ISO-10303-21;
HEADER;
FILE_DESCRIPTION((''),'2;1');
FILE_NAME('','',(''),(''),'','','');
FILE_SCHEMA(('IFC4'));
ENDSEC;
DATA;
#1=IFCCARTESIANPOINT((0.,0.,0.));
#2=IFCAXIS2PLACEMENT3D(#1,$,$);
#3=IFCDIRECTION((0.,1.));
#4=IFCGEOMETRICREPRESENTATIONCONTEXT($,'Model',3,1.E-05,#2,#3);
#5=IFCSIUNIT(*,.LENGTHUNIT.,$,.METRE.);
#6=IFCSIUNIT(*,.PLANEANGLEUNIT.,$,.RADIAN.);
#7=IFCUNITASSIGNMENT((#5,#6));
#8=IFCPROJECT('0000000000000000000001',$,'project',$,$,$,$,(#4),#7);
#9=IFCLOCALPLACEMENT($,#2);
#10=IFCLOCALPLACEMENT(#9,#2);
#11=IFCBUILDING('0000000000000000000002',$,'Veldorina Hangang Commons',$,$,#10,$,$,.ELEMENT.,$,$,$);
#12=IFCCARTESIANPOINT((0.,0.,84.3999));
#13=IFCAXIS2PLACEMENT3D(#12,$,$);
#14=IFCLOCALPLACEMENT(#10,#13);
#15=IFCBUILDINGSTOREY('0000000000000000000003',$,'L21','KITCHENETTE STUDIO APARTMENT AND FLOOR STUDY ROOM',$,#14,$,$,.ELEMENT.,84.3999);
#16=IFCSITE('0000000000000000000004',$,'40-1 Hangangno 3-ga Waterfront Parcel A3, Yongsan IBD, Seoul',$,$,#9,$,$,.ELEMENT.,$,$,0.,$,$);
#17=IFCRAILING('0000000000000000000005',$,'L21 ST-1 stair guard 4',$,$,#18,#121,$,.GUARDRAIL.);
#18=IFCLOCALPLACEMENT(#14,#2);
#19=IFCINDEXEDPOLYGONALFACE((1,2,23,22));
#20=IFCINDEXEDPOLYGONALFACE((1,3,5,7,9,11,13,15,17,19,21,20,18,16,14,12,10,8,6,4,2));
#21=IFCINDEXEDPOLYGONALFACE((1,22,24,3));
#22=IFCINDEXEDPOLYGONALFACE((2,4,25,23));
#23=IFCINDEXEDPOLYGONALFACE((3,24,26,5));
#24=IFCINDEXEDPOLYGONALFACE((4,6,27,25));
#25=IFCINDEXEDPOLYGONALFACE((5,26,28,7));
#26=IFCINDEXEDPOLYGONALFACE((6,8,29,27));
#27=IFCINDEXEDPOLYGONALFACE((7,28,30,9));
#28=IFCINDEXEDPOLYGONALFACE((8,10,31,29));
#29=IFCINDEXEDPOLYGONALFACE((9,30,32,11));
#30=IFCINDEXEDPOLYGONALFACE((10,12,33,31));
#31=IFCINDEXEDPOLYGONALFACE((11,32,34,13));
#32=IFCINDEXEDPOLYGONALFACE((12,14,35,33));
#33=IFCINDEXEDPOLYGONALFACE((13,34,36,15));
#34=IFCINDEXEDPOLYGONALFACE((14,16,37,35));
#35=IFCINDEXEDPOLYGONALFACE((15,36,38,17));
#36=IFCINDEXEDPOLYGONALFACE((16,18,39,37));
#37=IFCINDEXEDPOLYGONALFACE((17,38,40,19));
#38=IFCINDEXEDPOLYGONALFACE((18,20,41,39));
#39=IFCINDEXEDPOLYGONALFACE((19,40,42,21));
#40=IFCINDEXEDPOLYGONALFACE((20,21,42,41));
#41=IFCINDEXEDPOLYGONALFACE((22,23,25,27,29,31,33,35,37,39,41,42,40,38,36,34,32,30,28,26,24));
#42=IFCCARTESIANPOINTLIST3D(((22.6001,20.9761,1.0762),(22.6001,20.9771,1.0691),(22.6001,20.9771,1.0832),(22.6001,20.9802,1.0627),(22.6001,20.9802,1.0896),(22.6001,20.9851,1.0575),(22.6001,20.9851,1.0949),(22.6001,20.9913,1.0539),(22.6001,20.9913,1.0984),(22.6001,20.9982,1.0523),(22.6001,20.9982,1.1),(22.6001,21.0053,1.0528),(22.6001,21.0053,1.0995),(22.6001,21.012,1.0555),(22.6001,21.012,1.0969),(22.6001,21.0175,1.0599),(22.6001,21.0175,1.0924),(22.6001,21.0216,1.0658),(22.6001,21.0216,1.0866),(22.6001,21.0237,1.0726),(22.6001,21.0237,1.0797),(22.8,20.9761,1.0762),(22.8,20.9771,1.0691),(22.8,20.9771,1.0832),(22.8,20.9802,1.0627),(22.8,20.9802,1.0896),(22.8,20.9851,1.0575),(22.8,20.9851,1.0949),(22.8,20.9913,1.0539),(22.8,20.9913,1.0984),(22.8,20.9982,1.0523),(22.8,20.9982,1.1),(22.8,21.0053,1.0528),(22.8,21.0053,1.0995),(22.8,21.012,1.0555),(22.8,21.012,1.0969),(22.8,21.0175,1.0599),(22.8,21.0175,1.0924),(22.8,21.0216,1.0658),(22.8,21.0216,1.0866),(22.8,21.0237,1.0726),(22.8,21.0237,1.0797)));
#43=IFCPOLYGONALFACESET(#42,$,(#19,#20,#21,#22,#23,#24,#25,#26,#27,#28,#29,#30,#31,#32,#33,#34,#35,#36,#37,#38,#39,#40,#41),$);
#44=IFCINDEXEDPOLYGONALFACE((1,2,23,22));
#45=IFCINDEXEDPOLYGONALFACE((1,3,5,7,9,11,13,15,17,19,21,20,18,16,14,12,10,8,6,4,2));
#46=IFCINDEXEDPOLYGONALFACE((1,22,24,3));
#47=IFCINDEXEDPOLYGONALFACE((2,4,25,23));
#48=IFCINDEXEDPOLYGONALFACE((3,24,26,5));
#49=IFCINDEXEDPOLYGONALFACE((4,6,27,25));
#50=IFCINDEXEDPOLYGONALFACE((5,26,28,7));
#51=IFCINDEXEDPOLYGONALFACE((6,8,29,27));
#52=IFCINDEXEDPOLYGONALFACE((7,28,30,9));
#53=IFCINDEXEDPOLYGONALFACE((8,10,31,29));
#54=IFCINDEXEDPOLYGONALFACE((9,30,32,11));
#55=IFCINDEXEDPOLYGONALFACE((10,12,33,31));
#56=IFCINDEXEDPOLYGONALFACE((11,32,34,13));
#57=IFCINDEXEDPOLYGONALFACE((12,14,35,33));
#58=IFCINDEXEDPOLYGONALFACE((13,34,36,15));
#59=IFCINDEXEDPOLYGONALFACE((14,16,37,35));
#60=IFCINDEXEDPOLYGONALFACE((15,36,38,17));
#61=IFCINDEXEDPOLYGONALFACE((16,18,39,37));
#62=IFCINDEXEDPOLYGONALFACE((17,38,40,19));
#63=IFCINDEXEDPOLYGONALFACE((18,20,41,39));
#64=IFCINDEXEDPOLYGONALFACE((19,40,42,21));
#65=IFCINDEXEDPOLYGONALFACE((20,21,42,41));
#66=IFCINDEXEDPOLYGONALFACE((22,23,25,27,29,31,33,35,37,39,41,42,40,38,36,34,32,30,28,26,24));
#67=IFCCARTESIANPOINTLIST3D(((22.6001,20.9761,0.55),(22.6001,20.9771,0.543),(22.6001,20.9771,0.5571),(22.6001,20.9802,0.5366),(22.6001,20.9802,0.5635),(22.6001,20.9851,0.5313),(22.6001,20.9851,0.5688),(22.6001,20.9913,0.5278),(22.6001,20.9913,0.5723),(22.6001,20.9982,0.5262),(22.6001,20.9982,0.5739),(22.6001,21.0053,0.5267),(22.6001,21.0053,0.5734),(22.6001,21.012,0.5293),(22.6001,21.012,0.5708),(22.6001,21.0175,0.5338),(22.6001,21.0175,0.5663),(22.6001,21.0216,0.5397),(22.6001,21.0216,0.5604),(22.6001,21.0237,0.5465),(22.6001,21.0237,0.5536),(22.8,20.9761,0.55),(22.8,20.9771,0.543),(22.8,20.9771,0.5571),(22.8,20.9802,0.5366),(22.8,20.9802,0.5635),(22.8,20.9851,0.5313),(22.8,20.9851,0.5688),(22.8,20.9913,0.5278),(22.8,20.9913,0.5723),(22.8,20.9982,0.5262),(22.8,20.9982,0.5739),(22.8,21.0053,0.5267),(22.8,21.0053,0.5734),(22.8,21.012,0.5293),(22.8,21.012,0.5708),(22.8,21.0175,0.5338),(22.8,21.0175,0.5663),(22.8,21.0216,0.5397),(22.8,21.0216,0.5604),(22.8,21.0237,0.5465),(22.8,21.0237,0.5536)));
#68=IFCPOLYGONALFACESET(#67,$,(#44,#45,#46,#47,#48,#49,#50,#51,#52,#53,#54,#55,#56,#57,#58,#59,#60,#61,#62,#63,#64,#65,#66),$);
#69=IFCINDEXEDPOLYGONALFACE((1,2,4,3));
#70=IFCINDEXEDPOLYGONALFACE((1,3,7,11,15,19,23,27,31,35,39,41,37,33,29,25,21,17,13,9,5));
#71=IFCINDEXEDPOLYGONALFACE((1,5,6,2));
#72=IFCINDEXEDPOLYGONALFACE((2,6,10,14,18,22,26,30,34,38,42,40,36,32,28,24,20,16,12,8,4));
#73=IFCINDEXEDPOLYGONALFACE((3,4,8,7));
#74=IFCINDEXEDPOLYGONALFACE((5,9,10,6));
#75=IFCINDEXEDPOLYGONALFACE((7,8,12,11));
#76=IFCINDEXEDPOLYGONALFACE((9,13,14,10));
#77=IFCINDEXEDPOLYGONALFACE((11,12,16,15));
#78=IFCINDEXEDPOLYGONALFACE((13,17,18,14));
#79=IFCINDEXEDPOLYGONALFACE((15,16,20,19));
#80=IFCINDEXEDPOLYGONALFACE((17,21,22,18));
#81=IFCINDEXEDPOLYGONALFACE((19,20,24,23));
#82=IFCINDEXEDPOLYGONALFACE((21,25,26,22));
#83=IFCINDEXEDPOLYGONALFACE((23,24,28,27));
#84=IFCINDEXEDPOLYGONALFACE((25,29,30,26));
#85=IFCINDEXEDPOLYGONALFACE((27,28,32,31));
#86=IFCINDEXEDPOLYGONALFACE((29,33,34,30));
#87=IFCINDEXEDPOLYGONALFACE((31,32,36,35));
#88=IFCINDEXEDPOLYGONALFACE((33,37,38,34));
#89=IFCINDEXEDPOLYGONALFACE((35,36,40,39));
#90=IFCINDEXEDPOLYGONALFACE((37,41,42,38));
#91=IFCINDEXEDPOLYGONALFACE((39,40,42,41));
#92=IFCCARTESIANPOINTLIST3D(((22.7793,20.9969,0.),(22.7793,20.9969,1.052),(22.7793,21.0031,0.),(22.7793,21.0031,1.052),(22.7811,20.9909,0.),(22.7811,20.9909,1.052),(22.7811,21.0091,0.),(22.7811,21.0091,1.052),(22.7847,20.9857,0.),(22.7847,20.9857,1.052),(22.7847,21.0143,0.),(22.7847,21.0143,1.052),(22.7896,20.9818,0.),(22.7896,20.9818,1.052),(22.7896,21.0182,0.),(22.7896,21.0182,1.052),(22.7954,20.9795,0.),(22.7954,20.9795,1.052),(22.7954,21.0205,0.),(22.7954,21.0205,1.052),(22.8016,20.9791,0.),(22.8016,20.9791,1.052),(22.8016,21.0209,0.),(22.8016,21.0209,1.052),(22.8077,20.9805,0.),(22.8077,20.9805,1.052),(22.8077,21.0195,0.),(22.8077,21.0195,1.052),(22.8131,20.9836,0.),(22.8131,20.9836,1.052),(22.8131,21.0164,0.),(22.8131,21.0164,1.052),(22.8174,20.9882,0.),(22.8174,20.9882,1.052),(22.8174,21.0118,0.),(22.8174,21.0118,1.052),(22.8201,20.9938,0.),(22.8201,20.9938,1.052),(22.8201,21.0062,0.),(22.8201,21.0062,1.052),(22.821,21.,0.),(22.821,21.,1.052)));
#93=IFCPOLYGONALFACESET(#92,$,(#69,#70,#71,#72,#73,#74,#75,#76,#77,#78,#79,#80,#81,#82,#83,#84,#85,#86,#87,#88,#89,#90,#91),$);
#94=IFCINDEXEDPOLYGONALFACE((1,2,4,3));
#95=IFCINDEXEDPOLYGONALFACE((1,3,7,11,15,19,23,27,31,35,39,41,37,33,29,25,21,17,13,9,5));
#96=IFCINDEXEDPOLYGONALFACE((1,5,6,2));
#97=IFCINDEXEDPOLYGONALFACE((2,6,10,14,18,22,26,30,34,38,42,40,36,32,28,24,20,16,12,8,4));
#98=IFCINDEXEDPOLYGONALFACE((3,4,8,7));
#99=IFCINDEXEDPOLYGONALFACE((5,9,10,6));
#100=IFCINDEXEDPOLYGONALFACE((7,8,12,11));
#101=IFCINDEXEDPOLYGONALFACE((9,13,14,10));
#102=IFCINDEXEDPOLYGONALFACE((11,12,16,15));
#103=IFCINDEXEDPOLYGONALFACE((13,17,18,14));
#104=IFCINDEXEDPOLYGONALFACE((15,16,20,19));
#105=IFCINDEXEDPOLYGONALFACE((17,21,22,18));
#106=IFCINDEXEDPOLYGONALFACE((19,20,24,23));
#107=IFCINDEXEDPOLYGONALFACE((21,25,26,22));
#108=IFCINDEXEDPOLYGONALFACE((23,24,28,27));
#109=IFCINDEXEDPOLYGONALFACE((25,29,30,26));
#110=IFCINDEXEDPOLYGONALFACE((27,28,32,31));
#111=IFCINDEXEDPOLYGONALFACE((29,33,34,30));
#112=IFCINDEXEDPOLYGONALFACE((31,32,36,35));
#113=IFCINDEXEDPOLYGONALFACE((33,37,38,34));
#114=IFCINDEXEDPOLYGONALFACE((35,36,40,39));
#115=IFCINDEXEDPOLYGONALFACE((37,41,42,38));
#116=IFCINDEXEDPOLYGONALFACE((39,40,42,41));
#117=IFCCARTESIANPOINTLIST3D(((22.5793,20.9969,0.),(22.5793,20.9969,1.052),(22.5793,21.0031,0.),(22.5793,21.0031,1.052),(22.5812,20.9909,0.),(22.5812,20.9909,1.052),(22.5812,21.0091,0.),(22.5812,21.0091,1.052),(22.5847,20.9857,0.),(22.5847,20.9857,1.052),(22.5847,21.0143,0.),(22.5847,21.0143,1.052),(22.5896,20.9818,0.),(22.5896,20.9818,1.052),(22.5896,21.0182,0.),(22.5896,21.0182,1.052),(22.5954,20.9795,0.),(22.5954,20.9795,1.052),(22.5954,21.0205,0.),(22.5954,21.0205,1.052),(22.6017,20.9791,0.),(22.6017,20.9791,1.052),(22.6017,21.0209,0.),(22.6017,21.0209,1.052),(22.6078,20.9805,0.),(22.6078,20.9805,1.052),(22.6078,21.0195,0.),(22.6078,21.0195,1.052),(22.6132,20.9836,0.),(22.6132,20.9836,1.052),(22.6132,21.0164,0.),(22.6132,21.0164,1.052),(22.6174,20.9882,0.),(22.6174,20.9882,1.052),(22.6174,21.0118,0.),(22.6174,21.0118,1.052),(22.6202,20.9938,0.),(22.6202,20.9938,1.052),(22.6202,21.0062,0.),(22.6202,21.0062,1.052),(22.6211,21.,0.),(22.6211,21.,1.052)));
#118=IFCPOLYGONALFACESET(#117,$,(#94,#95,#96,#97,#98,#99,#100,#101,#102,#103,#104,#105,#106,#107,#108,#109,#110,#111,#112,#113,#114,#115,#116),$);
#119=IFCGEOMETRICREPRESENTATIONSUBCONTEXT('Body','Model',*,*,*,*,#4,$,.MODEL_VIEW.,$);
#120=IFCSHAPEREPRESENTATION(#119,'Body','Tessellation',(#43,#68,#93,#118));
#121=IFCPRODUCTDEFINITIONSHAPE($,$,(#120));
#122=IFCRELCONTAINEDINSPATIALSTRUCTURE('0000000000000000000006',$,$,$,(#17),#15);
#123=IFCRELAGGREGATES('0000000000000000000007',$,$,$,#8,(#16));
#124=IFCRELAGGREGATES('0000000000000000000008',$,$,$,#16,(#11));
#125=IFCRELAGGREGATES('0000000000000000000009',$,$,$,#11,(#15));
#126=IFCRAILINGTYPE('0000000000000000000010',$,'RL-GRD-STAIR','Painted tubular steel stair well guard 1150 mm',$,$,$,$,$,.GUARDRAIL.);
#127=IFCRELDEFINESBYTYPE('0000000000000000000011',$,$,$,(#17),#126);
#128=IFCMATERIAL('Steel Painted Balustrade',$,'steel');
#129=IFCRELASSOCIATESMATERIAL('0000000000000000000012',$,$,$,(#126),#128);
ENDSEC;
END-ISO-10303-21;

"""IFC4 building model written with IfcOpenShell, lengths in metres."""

from ifc_helpers import new_model, si_unit, direction, frame, origin, origin_2d, place, context, subcontext, project, spatial, circle, extrude, material, type_object, element, save


model = new_model("IFC4")

# Units and contexts
model_context = context("Model", 3, precision=1e-05, world=origin(), true_north=direction((0.0, 1.0)))
body_context = subcontext(model_context, "Body", "Model", "MODEL_VIEW")
ifc_project = project(units=[si_unit("LENGTHUNIT", "METRE"), si_unit("PLANEANGLEUNIT", "RADIAN")], contexts=[model_context])

# Site, building, storey
site_placement = place(None, origin())
site = spatial("IfcSite", under=ifc_project, at=site_placement, Name="40-1 Hangangno 3-ga Waterfront Parcel A3, Yongsan IBD, Seoul", CompositionType="ELEMENT", RefElevation=0.0)
building_placement = place(site_placement, origin())
building = spatial("IfcBuilding", under=site, at=building_placement, Name="Veldorina Hangang Commons", CompositionType="ELEMENT")
storey_placement = place(building_placement, frame((0.0, 0.0, 84.3999)))
storey = spatial("IfcBuildingStorey", under=building, at=storey_placement, Name="L21", Description="KITCHENETTE STUDIO APARTMENT AND FLOOR STUDY ROOM", CompositionType="ELEMENT", Elevation=84.3999)

# Railing
ifc_material_1 = material(Name="Steel Painted Balustrade", Category="steel")
railing_type_1 = type_object("IfcRailingType", Name="RL-GRD-STAIR", Description="Painted tubular steel stair well guard 1150 mm", PredefinedType="GUARDRAIL", material=ifc_material_1)
railing_1_placement = place(storey_placement, frame((22.8, 21.0, 0.0)))
element("IfcRailing", 1, at=railing_1_placement, inside=storey, type_object=railing_type_1, Name="L21 ST-1 stair guard 4", PredefinedType="GUARDRAIL", context=body_context, shape_type="SweptSolid", body=[
    extrude(circle(Radius=0.0239, at=origin_2d()), frame((0.0, 0.0, 1.0762), z_axis=(-1.0, 0.0, 0.0), x_axis=(0.0, -1.0, 0.0)), (0.0, 0.0, 1.0), 0.2),
    extrude(circle(Radius=0.0239, at=origin_2d()), frame((0.0, 0.0, 0.55), z_axis=(-1.0, 0.0, 0.0), x_axis=(0.0, -1.0, 0.0)), (0.0, 0.0, 1.0), 0.2),
    extrude(circle(Radius=0.021, at=origin_2d()), origin(), (0.0, 0.0, 1.0), 1.052),
    extrude(circle(Radius=0.021, at=origin_2d()), frame((-0.2, 0.0, 0.0)), (0.0, 0.0, 1.0), 1.052),
])

save(model, "model.ifc")
